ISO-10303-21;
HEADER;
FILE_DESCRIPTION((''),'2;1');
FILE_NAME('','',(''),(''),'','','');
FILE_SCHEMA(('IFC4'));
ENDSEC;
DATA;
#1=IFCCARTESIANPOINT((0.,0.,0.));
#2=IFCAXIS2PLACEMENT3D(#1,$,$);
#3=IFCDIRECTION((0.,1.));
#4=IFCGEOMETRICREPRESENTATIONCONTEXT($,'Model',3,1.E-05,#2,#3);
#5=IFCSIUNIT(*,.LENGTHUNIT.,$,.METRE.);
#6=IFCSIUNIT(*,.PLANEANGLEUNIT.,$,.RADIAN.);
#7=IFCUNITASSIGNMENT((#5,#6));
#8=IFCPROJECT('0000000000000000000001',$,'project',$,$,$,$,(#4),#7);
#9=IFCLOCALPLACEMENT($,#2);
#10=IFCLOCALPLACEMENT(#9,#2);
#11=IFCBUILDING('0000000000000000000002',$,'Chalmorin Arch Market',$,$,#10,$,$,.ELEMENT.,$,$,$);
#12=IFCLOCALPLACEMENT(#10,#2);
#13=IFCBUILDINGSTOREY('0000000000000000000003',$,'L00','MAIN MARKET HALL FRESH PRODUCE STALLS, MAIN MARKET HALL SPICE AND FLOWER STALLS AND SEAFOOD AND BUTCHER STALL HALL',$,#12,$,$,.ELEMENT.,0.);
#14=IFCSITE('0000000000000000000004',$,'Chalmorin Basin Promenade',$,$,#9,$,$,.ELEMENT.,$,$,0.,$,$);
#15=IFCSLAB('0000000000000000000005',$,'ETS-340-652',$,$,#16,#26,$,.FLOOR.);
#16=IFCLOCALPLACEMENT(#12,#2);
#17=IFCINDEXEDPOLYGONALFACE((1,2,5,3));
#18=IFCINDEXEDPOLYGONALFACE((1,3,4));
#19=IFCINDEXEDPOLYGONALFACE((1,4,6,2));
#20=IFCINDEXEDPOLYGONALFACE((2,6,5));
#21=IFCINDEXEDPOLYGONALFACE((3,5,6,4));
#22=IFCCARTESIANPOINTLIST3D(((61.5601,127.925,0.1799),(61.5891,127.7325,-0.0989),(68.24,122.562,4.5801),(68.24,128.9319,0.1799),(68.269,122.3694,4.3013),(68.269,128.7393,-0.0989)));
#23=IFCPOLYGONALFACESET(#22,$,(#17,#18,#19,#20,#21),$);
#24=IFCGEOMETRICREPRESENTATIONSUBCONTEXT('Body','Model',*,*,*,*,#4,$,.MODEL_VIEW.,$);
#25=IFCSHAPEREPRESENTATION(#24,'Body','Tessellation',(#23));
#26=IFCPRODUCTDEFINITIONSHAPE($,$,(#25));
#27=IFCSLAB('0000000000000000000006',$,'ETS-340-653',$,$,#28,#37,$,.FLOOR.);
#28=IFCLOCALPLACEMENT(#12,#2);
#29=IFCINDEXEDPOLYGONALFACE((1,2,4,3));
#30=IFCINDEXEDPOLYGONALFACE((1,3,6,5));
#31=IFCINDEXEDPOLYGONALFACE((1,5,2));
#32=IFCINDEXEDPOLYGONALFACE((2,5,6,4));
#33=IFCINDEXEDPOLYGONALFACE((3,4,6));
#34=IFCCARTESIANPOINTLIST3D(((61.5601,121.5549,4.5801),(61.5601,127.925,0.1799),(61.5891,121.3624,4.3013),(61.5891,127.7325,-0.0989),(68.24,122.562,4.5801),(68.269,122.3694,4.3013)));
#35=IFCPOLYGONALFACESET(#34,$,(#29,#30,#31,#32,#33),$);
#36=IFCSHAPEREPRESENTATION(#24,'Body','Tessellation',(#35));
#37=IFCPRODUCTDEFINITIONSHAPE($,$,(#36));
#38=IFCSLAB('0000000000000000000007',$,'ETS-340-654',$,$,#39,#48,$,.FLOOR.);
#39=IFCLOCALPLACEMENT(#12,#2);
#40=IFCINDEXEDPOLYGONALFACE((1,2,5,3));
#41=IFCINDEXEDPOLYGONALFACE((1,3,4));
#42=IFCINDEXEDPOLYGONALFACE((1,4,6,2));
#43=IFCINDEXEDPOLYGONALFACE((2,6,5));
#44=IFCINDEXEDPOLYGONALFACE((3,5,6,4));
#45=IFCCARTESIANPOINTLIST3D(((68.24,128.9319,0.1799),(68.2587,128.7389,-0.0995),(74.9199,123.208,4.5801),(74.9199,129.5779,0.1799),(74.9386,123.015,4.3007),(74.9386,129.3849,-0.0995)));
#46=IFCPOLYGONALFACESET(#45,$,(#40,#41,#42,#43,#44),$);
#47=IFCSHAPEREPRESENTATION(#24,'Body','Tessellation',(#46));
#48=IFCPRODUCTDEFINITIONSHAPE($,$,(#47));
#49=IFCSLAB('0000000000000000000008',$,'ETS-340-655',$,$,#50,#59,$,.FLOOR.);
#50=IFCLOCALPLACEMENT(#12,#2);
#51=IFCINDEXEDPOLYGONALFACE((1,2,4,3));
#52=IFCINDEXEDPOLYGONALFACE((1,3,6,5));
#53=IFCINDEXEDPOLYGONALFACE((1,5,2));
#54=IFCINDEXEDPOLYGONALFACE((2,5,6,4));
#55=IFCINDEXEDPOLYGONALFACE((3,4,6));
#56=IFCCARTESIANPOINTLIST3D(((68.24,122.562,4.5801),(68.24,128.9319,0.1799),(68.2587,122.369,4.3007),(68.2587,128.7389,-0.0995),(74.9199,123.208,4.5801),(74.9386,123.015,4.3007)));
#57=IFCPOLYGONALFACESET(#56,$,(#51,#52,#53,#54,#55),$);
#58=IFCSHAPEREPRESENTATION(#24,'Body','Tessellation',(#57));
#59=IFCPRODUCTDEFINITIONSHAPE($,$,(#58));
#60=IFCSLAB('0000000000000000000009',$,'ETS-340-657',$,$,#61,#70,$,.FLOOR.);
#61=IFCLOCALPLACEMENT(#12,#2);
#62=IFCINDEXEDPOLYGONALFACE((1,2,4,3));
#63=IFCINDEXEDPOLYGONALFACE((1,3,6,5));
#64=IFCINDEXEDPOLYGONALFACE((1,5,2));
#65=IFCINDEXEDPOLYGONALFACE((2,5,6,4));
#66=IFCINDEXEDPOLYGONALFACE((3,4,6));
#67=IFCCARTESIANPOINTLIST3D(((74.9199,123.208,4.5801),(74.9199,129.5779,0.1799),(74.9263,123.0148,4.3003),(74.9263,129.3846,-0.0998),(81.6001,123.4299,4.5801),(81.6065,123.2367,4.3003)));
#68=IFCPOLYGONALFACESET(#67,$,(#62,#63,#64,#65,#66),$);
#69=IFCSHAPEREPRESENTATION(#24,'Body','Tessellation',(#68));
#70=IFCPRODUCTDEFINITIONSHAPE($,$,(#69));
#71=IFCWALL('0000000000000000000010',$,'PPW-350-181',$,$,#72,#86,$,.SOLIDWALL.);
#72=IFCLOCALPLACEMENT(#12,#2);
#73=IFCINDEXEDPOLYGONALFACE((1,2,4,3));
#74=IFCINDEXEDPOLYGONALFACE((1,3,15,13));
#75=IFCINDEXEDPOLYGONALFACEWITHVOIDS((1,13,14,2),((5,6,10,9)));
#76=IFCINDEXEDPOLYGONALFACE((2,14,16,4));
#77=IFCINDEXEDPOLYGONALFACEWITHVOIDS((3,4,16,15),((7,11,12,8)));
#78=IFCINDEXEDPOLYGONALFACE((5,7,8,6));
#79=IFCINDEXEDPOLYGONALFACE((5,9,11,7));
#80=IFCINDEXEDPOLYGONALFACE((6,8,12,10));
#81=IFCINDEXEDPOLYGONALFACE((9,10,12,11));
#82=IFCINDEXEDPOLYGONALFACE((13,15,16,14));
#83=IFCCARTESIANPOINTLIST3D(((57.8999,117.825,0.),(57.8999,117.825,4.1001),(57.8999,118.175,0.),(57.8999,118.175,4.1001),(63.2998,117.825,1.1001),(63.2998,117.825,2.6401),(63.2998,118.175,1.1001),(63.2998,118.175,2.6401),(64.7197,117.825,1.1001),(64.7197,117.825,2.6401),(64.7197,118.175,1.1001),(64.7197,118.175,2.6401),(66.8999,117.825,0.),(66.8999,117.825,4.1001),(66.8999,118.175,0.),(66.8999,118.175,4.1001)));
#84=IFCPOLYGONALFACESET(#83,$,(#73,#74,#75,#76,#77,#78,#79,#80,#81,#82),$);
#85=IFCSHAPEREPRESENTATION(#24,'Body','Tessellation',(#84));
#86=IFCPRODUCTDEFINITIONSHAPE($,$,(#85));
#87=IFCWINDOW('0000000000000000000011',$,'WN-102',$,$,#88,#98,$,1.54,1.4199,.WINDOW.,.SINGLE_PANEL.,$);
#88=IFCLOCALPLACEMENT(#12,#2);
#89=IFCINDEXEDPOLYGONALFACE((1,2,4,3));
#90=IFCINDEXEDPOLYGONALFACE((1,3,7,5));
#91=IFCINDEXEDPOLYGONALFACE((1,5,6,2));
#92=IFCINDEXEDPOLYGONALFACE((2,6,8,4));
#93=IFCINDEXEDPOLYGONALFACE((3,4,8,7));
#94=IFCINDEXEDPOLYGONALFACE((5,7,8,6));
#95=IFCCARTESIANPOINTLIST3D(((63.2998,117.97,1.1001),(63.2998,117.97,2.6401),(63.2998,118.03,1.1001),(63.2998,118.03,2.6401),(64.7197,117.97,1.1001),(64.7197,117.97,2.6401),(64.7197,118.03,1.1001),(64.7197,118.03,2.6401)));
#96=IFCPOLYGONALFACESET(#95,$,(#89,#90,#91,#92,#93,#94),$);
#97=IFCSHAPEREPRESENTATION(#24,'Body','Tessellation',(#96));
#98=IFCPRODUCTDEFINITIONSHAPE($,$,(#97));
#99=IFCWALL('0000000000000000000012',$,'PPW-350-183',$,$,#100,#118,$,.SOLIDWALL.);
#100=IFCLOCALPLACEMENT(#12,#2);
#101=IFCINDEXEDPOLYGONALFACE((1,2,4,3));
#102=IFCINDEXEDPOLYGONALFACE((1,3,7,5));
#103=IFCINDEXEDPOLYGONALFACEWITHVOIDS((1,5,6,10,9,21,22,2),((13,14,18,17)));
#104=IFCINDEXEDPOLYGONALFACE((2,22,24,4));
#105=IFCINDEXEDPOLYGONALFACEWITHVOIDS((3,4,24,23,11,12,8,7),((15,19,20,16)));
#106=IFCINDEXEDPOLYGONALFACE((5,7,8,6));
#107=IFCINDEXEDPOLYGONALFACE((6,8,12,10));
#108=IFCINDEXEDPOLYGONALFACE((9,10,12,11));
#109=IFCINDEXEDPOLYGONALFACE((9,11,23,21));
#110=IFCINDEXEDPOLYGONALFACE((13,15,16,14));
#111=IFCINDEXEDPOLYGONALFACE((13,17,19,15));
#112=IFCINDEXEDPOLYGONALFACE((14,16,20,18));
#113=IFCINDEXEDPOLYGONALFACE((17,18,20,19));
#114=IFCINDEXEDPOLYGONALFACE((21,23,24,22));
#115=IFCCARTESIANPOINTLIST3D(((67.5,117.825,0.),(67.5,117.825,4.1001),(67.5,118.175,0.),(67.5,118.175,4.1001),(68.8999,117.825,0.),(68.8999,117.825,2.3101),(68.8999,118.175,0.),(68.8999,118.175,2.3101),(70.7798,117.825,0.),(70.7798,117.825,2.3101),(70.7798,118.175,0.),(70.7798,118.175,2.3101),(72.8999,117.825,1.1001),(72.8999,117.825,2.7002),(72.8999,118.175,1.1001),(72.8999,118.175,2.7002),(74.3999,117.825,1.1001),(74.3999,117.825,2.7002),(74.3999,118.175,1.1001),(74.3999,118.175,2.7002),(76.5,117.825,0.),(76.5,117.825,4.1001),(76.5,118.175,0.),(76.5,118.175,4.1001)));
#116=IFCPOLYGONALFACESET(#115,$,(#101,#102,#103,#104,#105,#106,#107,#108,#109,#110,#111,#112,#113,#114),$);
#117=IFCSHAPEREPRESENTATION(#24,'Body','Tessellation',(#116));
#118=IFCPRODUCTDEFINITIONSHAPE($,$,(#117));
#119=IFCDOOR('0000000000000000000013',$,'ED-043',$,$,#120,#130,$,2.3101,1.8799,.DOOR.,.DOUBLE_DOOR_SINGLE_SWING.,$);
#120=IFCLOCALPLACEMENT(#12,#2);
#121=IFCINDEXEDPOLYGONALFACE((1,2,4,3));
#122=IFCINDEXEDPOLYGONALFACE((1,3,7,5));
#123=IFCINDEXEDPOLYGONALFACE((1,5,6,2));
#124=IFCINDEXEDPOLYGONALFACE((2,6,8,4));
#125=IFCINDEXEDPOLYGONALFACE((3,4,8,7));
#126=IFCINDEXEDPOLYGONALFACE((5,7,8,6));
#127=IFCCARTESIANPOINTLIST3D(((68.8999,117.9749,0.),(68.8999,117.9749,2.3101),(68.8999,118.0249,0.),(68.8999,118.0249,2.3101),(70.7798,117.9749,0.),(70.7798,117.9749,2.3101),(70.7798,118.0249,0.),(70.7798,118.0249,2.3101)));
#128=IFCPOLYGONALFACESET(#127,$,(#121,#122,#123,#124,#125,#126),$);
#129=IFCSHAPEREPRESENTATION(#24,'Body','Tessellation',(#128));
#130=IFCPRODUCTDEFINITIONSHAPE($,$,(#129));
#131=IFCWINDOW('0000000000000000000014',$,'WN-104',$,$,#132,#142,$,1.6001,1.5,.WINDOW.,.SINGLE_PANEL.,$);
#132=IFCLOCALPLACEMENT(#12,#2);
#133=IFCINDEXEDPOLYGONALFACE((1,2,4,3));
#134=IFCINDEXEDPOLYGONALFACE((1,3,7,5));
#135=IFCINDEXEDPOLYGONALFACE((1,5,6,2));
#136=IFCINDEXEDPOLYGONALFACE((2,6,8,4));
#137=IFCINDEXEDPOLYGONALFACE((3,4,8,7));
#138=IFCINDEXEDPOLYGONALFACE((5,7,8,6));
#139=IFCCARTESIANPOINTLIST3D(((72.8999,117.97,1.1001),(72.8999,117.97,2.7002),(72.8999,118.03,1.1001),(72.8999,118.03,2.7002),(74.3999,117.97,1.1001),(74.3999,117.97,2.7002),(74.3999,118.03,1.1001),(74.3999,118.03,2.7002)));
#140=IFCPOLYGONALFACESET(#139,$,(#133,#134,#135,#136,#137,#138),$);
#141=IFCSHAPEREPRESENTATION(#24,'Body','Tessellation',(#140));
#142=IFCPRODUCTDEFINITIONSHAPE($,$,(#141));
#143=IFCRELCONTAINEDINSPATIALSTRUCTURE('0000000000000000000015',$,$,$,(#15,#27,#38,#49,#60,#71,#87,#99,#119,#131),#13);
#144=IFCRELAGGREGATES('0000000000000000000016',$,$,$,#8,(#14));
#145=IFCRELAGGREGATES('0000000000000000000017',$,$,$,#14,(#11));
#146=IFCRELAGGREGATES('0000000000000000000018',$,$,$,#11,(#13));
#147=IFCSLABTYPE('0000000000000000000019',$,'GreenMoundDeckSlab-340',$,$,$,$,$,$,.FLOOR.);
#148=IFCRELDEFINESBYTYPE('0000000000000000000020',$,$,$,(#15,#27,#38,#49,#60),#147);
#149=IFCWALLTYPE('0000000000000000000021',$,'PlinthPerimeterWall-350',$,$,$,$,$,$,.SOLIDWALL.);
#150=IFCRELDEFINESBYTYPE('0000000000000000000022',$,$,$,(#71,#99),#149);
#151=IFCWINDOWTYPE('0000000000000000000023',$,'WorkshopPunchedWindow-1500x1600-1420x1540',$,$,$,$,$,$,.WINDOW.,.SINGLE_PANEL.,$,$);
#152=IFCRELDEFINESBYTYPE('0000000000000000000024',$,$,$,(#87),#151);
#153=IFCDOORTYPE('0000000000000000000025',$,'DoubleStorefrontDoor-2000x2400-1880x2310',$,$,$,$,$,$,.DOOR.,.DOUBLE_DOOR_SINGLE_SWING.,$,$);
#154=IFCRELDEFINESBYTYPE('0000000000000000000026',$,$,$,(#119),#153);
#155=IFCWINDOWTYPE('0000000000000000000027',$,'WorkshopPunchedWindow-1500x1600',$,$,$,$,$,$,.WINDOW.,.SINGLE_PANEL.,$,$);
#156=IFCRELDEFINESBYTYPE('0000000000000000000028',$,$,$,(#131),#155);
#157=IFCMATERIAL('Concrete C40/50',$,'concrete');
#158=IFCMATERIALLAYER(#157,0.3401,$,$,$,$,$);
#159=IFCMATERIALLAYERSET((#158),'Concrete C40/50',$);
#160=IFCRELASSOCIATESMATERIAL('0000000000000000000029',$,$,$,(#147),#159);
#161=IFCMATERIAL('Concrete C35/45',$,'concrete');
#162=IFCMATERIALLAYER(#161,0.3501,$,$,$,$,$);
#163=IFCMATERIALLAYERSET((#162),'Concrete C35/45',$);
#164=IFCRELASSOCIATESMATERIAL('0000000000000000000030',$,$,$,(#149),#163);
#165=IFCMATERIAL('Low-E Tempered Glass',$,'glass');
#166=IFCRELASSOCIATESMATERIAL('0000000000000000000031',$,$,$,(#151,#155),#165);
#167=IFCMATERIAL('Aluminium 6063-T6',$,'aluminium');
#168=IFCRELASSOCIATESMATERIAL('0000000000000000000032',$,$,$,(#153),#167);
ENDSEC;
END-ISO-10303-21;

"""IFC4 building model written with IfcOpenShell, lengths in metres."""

from ifc_helpers import new_model, si_unit, direction, frame, frame_2d, origin, place, context, subcontext, project, spatial, polyline, rectangle, outline, extrude, material, layer, layer_set, type_object, element, fill, save


model = new_model("IFC4")

# Units and contexts
model_context = context("Model", 3, precision=1e-05, world=origin(), true_north=direction((0.0, 1.0)))
body_context = subcontext(model_context, "Body", "Model", "MODEL_VIEW")
ifc_project = project(units=[si_unit("LENGTHUNIT", "METRE"), si_unit("PLANEANGLEUNIT", "RADIAN")], contexts=[model_context])

# Site, building, storey
site_placement = place(None, origin())
site = spatial("IfcSite", under=ifc_project, at=site_placement, Name="Chalmorin Basin Promenade", CompositionType="ELEMENT", RefElevation=0.0)
building_placement = place(site_placement, origin())
building = spatial("IfcBuilding", under=site, at=building_placement, Name="Chalmorin Arch Market", CompositionType="ELEMENT")
storey_placement = place(building_placement, origin())
storey = spatial("IfcBuildingStorey", under=building, at=storey_placement, Name="L00", Description="MAIN MARKET HALL FRESH PRODUCE STALLS, MAIN MARKET HALL SPICE AND FLOWER STALLS AND SEAFOOD AND BUTCHER STALL HALL", CompositionType="ELEMENT", Elevation=0.0)

# Shared definitions
ifc_material_1 = material(Name="Concrete C40/50", Category="concrete")

# Slabs
ifc_layer_1 = layer(ifc_material_1, 0.3401)
ifc_layer_set_1 = layer_set([ifc_layer_1], Name="Concrete C40/50")
slab_type = type_object("IfcSlabType", Name="GreenMoundDeckSlab-340", PredefinedType="FLOOR", material=ifc_layer_set_1)
slab_1_placement = place(storey_placement, frame((68.24, 122.562, 4.5801), z_axis=(-0.085353, 0.566283, 0.81978), x_axis=(0.0, 0.822782, -0.568357)))
element("IfcSlab", 1, at=slab_1_placement, inside=storey, type_object=slab_type, Name="ETS-340-652", PredefinedType="FLOOR", context=body_context, shape_type="SweptSolid", body=[
    extrude(outline(polyline([(0.0, 0.0), (7.7419, 0.0), (6.9135, 6.7044), (0.0, 0.0)])), origin(), (0.0, 0.0, -1.0), 0.3401),
])
slab_2_placement = place(storey_placement, frame((61.5601, 121.5549, 4.5801), z_axis=(-0.085372, 0.566267, 0.819788), x_axis=(0.988826, 0.149077, 0.0)))
element("IfcSlab", 2, at=slab_2_placement, inside=storey, type_object=slab_type, Name="ETS-340-653", PredefinedType="FLOOR", context=body_context, shape_type="SweptSolid", body=[
    extrude(outline(polyline([(0.0, 0.0), (6.7554, 0.0), (0.9496, 7.6836), (0.0, 0.0)])), origin(), (0.0, 0.0, -1.0), 0.3401),
])
slab_3_placement = place(storey_placement, frame((74.9199, 123.208, 4.5801), z_axis=(-0.054881, 0.5675, 0.821542), x_axis=(0.0, 0.822782, -0.568357)))
element("IfcSlab", 3, at=slab_3_placement, inside=storey, type_object=slab_type, Name="ETS-340-654", PredefinedType="FLOOR", context=body_context, shape_type="SweptSolid", body=[
    extrude(outline(polyline([(0.0, 0.0), (7.7419, 0.0), (7.2104, 6.69), (0.0, 0.0)])), origin(), (0.0, 0.0, -1.0), 0.3401),
])
slab_4_placement = place(storey_placement, frame((68.24, 122.562, 4.5801), z_axis=(-0.054881, 0.5675, 0.821542), x_axis=(0.995356, 0.096258, 0.0)))
element("IfcSlab", 4, at=slab_4_placement, inside=storey, type_object=slab_type, Name="ETS-340-655", PredefinedType="FLOOR", context=body_context, shape_type="SweptSolid", body=[
    extrude(outline(polyline([(0.0, 0.0), (6.7111, 0.0), (0.6132, 7.7176), (0.0, 0.0)])), origin(), (0.0, 0.0, -1.0), 0.3401),
])
slab_5_placement = place(storey_placement, frame((74.9199, 123.208, 4.5801), z_axis=(-0.018878, 0.568256, 0.822635), x_axis=(0.999449, 0.033203, 0.0)))
element("IfcSlab", 5, at=slab_5_placement, inside=storey, type_object=slab_type, Name="ETS-340-657", PredefinedType="FLOOR", context=body_context, shape_type="SweptSolid", body=[
    extrude(outline(polyline([(0.0, 0.0), (6.6839, 0.0), (0.2115, 7.739), (0.0, 0.0)])), origin(), (0.0, 0.0, -1.0), 0.3401),
])

# Wall, opening, window
ifc_material_2 = material(Name="Concrete C35/45", Category="concrete")
ifc_layer_2 = layer(ifc_material_2, 0.3501)
ifc_layer_set_2 = layer_set([ifc_layer_2], Name="Concrete C35/45")
wall_type = type_object("IfcWallType", Name="PlinthPerimeterWall-350", PredefinedType="SOLIDWALL", material=ifc_layer_set_2)
wall_1_placement = place(storey_placement, frame((57.8999, 118.0, 0.0), z_axis=(0.0, 0.0, 1.0), x_axis=(1.0, 0.0, 0.0)))
wall_1 = element("IfcWall", 6, at=wall_1_placement, inside=storey, type_object=wall_type, Name="PPW-350-181", PredefinedType="SOLIDWALL", context=body_context, shape_type="SweptSolid", body=[
    extrude(rectangle(XDim=9.0, YDim=0.3501, at=frame_2d((4.5, 0.0))), origin(), (0.0, 0.0, 1.0), 4.1001),
])
opening_1_placement = place(wall_1_placement, frame((5.3999, 0.0, 1.1001)))
opening_1 = element("IfcOpeningElement", 7, at=opening_1_placement, cuts=wall_1, PredefinedType="OPENING", context=body_context, shape_type="SweptSolid", body=[
    extrude(rectangle(XDim=1.4199, YDim=1.54, at=frame_2d((0.71, 0.77))), frame((0.0, 0.1851, 0.0), z_axis=(0.0, -1.0, 0.0), x_axis=(1.0, 0.0, 0.0)), (0.0, 0.0, 1.0), 0.3701),
])
ifc_material_3 = material(Name="Low-E Tempered Glass", Category="glass")
window_type_1 = type_object("IfcWindowType", Name="WorkshopPunchedWindow-1500x1600-1420x1540", PartitioningType="SINGLE_PANEL", PredefinedType="WINDOW", material=ifc_material_3)
window_1_placement = place(opening_1_placement, origin())
window_1 = element("IfcWindow", 8, at=window_1_placement, inside=storey, type_object=window_type_1, Name="WN-102", OverallHeight=1.54, OverallWidth=1.4199, PartitioningType="SINGLE_PANEL", PredefinedType="WINDOW", context=body_context, shape_type="SweptSolid", body=[
    extrude(rectangle(XDim=1.4199, YDim=1.54, at=frame_2d((0.71, 0.77))), frame((0.0, 0.03, 0.0), z_axis=(0.0, -1.0, 0.0), x_axis=(1.0, 0.0, 0.0)), (0.0, 0.0, 1.0), 0.0601),
])
fill(opening_1, window_1)

# Wall, openings, door, window
wall_2_placement = place(storey_placement, frame((67.5, 118.0, 0.0), z_axis=(0.0, 0.0, 1.0), x_axis=(1.0, 0.0, 0.0)))
wall_2 = element("IfcWall", 9, at=wall_2_placement, inside=storey, type_object=wall_type, Name="PPW-350-183", PredefinedType="SOLIDWALL", context=body_context, shape_type="SweptSolid", body=[
    extrude(rectangle(XDim=9.0, YDim=0.3501, at=frame_2d((4.5, 0.0))), origin(), (0.0, 0.0, 1.0), 4.1001),
])
opening_2_placement = place(wall_2_placement, frame((1.3999, 0.0, 0.0)))
opening_2 = element("IfcOpeningElement", 10, at=opening_2_placement, cuts=wall_2, PredefinedType="OPENING", context=body_context, shape_type="SweptSolid", body=[
    extrude(rectangle(XDim=1.8799, YDim=2.3101, at=frame_2d((0.9399, 1.155))), frame((0.0, 0.1851, 0.0), z_axis=(0.0, -1.0, 0.0), x_axis=(1.0, 0.0, 0.0)), (0.0, 0.0, 1.0), 0.3701),
])
opening_3_placement = place(wall_2_placement, frame((5.3999, 0.0, 1.1001)))
opening_3 = element("IfcOpeningElement", 11, at=opening_3_placement, cuts=wall_2, PredefinedType="OPENING", context=body_context, shape_type="SweptSolid", body=[
    extrude(rectangle(XDim=1.5, YDim=1.6001, at=frame_2d((0.75, 0.8))), frame((0.0, 0.1851, 0.0), z_axis=(0.0, -1.0, 0.0), x_axis=(1.0, 0.0, 0.0)), (0.0, 0.0, 1.0), 0.3701),
])
ifc_material_4 = material(Name="Aluminium 6063-T6", Category="aluminium")
door_type = type_object("IfcDoorType", Name="DoubleStorefrontDoor-2000x2400-1880x2310", OperationType="DOUBLE_DOOR_SINGLE_SWING", PredefinedType="DOOR", material=ifc_material_4)
door_placement = place(opening_2_placement, origin())
door = element("IfcDoor", 12, at=door_placement, inside=storey, type_object=door_type, Name="ED-043", OperationType="DOUBLE_DOOR_SINGLE_SWING", OverallHeight=2.3101, OverallWidth=1.8799, PredefinedType="DOOR", context=body_context, shape_type="SweptSolid", body=[
    extrude(rectangle(XDim=1.8799, YDim=2.3101, at=frame_2d((0.9399, 1.155))), frame((0.0, 0.0249, 0.0), z_axis=(0.0, -1.0, 0.0), x_axis=(1.0, 0.0, 0.0)), (0.0, 0.0, 1.0), 0.05),
])
fill(opening_2, door)
window_type_2 = type_object("IfcWindowType", Name="WorkshopPunchedWindow-1500x1600", PartitioningType="SINGLE_PANEL", PredefinedType="WINDOW", material=ifc_material_3)
window_2_placement = place(opening_3_placement, origin())
window_2 = element("IfcWindow", 13, at=window_2_placement, inside=storey, type_object=window_type_2, Name="WN-104", OverallHeight=1.6001, OverallWidth=1.5, PartitioningType="SINGLE_PANEL", PredefinedType="WINDOW", context=body_context, shape_type="SweptSolid", body=[
    extrude(rectangle(XDim=1.5, YDim=1.6001, at=frame_2d((0.75, 0.8))), frame((0.0, 0.03, 0.0), z_axis=(0.0, -1.0, 0.0), x_axis=(1.0, 0.0, 0.0)), (0.0, 0.0, 1.0), 0.0601),
])
fill(opening_3, window_2)

save(model, "model.ifc")
